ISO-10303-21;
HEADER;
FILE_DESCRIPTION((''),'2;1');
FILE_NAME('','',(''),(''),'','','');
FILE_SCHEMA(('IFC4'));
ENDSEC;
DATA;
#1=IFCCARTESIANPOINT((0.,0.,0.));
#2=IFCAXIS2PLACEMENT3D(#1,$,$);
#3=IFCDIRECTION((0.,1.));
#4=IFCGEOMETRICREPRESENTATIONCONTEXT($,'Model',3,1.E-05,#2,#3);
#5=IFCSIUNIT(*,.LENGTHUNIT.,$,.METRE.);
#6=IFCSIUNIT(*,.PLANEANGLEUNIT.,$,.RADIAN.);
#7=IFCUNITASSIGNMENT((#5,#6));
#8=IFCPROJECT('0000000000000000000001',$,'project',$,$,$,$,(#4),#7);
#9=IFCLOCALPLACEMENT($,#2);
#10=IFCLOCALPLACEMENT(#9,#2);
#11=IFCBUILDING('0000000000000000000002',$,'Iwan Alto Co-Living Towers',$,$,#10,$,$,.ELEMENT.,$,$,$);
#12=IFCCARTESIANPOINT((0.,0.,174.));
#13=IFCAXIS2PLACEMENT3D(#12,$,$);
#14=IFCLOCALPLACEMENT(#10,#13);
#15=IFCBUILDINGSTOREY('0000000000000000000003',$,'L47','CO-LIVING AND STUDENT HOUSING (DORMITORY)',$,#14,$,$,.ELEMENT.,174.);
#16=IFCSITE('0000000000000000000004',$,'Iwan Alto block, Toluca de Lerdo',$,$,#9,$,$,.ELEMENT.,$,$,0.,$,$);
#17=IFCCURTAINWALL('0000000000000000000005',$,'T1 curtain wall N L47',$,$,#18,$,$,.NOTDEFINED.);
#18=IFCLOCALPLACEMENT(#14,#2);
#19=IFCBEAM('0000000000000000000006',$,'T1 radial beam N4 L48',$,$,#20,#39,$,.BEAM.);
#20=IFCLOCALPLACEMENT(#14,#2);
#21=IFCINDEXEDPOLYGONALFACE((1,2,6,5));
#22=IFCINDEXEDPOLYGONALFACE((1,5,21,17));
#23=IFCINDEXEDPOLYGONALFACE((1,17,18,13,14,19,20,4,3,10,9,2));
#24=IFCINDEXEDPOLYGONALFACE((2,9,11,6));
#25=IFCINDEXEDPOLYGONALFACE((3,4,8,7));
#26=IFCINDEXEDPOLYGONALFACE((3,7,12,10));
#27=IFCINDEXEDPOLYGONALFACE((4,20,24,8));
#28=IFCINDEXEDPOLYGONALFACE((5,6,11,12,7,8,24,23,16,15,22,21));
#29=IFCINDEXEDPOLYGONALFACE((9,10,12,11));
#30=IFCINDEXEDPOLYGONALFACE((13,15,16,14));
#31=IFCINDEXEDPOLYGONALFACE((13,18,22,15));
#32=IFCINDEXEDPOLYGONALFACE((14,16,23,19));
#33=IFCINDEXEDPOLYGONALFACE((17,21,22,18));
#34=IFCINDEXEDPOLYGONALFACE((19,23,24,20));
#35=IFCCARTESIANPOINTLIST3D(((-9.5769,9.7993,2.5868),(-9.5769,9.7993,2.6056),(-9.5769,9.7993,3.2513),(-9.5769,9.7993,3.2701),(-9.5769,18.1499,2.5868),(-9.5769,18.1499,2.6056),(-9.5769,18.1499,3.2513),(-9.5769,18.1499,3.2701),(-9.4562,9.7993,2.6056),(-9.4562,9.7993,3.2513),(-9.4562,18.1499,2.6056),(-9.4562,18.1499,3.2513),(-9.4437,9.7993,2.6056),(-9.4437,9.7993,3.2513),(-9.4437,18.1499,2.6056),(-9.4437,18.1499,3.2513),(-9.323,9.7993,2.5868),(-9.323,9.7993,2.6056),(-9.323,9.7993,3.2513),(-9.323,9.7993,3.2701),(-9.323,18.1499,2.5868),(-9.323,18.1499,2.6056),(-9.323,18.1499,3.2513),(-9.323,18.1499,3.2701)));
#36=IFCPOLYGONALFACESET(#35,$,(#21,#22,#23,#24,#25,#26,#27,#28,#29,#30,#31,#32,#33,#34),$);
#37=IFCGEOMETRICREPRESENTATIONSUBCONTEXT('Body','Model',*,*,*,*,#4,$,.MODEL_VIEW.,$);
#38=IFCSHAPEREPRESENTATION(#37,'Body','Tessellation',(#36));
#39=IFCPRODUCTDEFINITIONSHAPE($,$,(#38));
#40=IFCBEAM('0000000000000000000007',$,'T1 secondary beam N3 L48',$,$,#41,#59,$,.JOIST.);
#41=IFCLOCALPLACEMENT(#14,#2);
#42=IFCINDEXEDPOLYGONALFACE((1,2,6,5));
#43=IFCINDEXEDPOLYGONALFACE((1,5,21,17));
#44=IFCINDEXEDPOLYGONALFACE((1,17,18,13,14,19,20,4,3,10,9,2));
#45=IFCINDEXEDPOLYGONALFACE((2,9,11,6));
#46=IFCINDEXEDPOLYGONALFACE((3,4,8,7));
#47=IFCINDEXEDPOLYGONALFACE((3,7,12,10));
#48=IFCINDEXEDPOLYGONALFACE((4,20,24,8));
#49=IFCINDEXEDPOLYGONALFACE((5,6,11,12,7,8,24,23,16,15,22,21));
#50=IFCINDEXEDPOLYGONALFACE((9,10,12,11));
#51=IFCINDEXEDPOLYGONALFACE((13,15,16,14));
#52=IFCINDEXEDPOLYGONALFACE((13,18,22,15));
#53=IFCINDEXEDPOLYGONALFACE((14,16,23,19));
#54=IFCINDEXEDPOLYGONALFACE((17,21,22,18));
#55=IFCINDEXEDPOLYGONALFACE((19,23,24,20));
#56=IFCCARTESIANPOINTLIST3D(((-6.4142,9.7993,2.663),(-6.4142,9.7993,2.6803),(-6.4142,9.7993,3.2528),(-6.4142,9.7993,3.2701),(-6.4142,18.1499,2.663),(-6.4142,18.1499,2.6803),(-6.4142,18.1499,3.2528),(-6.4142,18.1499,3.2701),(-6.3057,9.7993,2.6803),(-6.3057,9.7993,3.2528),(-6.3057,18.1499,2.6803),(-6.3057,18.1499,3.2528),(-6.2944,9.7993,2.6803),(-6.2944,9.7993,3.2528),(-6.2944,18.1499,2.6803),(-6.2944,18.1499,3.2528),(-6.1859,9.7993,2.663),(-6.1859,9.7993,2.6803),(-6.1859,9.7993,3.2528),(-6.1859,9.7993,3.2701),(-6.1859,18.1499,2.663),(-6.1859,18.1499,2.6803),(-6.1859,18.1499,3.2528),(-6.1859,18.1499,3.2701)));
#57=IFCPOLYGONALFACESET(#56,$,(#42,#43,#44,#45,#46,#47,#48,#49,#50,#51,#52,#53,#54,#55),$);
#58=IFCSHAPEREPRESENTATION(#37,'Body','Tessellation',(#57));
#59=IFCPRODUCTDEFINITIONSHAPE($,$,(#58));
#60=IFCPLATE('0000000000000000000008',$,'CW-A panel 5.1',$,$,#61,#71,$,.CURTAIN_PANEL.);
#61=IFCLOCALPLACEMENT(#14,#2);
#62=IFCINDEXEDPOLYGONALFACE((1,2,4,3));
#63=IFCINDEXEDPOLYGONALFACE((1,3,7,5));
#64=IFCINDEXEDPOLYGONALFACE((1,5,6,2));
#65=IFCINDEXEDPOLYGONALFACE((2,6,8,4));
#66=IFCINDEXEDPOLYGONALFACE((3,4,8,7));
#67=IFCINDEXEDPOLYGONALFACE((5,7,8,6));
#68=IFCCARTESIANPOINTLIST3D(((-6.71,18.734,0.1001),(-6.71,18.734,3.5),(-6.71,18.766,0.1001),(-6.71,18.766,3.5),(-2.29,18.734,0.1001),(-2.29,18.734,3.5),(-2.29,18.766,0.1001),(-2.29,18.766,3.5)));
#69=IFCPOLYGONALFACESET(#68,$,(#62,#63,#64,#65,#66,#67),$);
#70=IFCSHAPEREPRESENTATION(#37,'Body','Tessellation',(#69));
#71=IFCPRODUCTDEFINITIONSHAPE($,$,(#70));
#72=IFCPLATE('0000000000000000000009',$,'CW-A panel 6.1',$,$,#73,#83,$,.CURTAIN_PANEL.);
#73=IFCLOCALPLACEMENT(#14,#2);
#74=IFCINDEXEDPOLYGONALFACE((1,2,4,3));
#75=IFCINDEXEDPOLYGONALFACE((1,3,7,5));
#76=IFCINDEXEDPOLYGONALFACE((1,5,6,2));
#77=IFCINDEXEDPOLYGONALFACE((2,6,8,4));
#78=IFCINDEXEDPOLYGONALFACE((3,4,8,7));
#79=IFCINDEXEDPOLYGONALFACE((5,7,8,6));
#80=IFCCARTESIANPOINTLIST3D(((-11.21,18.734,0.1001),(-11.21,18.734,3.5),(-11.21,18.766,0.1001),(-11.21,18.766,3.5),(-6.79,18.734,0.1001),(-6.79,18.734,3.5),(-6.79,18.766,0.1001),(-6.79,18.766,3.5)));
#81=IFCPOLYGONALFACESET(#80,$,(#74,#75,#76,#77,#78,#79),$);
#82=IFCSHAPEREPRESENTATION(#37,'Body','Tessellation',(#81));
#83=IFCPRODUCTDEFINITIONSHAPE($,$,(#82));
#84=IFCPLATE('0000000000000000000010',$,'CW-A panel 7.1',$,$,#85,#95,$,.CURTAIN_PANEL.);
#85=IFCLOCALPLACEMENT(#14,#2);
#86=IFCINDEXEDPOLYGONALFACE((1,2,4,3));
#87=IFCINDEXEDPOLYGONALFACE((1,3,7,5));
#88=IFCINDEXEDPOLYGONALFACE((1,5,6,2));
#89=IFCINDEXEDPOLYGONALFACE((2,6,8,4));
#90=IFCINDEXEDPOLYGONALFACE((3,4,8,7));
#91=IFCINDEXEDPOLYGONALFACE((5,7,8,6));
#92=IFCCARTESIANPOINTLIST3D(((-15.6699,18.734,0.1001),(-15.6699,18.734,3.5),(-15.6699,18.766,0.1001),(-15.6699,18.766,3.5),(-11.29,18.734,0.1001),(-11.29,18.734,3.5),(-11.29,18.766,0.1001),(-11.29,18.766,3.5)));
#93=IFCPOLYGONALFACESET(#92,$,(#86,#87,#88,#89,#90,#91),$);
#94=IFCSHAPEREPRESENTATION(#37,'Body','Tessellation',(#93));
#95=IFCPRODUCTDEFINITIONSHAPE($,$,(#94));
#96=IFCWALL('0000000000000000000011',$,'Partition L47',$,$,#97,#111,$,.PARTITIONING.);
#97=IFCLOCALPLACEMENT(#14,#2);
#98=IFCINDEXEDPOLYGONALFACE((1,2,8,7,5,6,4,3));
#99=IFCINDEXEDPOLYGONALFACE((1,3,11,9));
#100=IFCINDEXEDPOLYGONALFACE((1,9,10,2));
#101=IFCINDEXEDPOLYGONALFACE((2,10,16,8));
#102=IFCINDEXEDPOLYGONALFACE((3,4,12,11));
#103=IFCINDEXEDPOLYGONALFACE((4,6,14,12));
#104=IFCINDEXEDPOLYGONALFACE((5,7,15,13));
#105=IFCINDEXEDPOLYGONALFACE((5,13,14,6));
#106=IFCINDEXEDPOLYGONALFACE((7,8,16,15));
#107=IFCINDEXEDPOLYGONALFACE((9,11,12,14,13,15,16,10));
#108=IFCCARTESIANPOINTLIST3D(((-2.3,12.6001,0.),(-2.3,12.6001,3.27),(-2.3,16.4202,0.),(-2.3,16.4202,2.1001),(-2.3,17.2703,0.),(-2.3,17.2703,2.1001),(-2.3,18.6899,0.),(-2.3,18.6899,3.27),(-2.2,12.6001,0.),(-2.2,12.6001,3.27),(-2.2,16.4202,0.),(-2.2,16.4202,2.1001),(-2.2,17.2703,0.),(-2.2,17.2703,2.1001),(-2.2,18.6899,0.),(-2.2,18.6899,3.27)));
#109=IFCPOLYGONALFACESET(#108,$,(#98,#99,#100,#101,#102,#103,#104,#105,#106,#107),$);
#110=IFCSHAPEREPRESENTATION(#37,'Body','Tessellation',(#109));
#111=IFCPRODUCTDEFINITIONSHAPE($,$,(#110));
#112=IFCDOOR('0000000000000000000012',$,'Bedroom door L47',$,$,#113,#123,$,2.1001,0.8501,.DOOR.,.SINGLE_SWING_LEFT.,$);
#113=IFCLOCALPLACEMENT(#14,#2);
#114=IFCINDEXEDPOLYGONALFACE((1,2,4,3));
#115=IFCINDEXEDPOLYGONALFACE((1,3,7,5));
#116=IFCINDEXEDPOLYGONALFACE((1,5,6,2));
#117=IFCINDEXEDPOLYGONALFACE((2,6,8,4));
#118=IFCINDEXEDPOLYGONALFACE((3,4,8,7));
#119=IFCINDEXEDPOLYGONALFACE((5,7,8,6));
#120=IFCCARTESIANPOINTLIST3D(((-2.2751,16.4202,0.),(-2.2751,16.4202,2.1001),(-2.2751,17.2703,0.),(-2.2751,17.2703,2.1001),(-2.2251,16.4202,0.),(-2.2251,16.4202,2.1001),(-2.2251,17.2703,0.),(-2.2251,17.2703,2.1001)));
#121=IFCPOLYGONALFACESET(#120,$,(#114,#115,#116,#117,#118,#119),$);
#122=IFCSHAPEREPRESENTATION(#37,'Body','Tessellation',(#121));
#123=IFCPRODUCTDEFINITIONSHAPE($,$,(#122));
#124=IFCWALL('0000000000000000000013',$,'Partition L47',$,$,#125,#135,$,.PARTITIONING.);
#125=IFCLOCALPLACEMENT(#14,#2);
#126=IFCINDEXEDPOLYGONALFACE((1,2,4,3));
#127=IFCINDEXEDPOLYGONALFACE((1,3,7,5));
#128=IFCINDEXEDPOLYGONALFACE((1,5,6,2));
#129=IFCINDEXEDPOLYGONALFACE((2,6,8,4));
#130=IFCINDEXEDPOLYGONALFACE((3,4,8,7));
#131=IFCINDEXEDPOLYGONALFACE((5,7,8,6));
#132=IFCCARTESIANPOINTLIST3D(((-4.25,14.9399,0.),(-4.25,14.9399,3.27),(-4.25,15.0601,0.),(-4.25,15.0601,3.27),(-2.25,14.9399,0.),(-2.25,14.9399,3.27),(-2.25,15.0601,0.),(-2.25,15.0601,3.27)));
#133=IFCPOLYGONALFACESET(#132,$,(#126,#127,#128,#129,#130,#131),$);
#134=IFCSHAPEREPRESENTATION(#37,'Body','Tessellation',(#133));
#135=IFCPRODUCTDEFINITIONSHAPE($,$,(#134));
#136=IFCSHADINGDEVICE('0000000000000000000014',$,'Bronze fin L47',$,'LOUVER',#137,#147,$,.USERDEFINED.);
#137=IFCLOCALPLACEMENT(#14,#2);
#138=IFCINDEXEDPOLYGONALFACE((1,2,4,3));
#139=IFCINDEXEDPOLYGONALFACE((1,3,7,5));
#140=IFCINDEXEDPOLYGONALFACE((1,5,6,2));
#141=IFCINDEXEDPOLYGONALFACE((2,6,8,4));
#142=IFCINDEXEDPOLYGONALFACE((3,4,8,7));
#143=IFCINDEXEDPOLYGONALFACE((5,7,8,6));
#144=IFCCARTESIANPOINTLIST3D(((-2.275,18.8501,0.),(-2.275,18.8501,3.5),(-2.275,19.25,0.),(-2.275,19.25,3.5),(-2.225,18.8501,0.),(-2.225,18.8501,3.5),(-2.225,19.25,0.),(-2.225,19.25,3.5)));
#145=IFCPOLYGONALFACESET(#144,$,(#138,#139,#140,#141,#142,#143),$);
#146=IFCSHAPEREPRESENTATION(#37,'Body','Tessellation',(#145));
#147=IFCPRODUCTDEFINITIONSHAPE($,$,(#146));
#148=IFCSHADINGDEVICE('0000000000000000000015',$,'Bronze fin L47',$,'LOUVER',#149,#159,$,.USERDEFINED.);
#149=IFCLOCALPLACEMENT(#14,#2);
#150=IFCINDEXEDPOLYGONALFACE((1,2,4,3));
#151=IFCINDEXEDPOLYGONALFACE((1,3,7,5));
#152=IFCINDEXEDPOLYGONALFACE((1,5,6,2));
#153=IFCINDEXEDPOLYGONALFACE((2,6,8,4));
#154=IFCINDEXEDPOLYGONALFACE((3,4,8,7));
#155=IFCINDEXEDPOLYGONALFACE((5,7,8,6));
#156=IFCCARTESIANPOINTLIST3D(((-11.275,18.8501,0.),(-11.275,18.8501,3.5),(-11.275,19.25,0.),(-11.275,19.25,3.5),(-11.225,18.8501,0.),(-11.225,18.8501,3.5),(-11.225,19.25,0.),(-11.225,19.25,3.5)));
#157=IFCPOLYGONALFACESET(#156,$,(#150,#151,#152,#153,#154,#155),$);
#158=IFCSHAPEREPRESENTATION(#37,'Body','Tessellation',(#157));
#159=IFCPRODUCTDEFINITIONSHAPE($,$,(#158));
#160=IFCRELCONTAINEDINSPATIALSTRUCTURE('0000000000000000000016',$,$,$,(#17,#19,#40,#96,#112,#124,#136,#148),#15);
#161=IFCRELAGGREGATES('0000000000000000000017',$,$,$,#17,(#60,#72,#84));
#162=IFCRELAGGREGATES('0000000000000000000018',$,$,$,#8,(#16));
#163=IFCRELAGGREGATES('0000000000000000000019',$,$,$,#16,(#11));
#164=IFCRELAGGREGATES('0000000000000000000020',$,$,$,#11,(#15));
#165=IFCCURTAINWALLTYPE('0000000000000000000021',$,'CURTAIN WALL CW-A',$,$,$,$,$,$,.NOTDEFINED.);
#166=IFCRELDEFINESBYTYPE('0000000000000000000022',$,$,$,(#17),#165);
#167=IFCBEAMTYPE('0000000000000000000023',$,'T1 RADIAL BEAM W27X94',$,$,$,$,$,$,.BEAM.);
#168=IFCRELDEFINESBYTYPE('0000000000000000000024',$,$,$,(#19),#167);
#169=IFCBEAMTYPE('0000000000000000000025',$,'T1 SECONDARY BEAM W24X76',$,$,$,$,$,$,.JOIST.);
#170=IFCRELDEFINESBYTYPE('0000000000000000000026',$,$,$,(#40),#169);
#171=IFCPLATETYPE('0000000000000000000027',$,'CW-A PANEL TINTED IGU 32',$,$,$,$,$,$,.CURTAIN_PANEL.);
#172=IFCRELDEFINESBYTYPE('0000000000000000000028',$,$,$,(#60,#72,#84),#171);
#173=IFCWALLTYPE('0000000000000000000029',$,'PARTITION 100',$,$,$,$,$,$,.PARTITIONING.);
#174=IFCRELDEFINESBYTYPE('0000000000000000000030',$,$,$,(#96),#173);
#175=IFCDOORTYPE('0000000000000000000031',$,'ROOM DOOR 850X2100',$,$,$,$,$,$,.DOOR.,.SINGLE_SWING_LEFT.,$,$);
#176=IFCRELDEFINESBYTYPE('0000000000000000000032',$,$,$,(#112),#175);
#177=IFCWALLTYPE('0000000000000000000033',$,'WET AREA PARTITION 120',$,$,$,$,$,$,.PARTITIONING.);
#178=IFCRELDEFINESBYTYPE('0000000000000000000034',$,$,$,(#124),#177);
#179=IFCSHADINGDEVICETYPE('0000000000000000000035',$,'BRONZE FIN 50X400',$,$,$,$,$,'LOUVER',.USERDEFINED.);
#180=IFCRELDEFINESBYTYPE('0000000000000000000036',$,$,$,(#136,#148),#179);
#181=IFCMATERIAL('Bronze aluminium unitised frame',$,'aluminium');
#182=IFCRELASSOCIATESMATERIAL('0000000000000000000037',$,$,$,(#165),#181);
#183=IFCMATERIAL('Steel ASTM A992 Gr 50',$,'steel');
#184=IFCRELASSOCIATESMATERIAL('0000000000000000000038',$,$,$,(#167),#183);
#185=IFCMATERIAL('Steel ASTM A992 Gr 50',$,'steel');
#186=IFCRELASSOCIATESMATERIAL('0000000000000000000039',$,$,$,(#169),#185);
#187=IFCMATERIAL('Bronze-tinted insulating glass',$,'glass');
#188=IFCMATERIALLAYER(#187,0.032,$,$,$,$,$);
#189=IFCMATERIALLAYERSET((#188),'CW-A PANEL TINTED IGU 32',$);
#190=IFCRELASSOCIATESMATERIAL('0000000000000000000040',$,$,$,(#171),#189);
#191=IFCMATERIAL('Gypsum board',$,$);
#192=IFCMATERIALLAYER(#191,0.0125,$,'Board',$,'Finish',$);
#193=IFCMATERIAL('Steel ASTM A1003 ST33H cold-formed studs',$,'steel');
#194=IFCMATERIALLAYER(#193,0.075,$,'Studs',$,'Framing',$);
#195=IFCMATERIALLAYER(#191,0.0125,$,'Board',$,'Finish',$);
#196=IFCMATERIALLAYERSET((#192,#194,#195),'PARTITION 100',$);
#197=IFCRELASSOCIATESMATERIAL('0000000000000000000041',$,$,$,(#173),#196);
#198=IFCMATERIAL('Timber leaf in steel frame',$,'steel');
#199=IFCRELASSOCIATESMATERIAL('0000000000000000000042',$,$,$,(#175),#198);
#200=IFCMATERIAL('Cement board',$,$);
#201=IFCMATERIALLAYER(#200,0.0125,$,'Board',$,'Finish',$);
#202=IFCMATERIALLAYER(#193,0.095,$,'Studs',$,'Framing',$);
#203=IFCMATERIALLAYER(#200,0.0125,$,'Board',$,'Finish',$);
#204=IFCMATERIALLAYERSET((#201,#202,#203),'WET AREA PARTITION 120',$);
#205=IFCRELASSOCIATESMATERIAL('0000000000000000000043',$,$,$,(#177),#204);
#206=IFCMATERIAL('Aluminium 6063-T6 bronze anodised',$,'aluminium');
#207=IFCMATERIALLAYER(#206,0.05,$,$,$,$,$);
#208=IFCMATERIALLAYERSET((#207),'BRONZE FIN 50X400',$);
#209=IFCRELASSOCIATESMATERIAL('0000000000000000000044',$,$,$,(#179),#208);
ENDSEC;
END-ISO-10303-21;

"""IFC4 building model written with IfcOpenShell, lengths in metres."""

from ifc_helpers import new_model, si_unit, direction, frame, frame_2d, origin, origin_2d, place, context, subcontext, project, spatial, rectangle, i_section, extrude, material, layer, layer_set, material_profile, profile_set, type_object, element, fill, aggregate, save


model = new_model("IFC4")

# Units and contexts
model_context = context("Model", 3, precision=1e-05, world=origin(), true_north=direction((0.0, 1.0)))
body_context = subcontext(model_context, "Body", "Model", "MODEL_VIEW")
ifc_project = project(units=[si_unit("LENGTHUNIT", "METRE"), si_unit("PLANEANGLEUNIT", "RADIAN")], contexts=[model_context])

# Site, building, storey
site_placement = place(None, origin())
site = spatial("IfcSite", under=ifc_project, at=site_placement, Name="Iwan Alto block, Toluca de Lerdo", CompositionType="ELEMENT", RefElevation=0.0)
building_placement = place(site_placement, origin())
building = spatial("IfcBuilding", under=site, at=building_placement, Name="Iwan Alto Co-Living Towers", CompositionType="ELEMENT")
storey_placement = place(building_placement, frame((0.0, 0.0, 174.0)))
storey = spatial("IfcBuildingStorey", under=building, at=storey_placement, Name="L47", Description="CO-LIVING AND STUDENT HOUSING (DORMITORY)", CompositionType="ELEMENT", Elevation=174.0)

# Curtain wall
ifc_material_1 = material(Name="Bronze aluminium unitised frame", Category="aluminium")
curtain_wall_type = type_object("IfcCurtainWallType", Name="CURTAIN WALL CW-A", PredefinedType="NOTDEFINED", material=ifc_material_1)
curtain_wall_placement = place(storey_placement, origin())
curtain_wall = element("IfcCurtainWall", 1, at=curtain_wall_placement, inside=storey, type_object=curtain_wall_type, Name="T1 curtain wall N L47", PredefinedType="NOTDEFINED")

# Beams
ifc_material_2 = material(Name="Steel ASTM A992 Gr 50", Category="steel")
ifc_material_profile_1 = material_profile(ifc_material_2, i_section(OverallWidth=0.2539, OverallDepth=0.6833, WebThickness=0.0125, FlangeThickness=0.0188, at=origin_2d()), Name="W27X94")
ifc_profile_set_1 = profile_set([ifc_material_profile_1], Name="Steel ASTM A992 Gr 50")
beam_type_1 = type_object("IfcBeamType", Name="T1 RADIAL BEAM W27X94", PredefinedType="BEAM", material=ifc_profile_set_1)
for number, where, z_axis, x_axis, name in (
    (2, (-9.45, 18.1499, 2.9285), (0.0, -1.0, 0.0), (1.0, 0.0, 0.0), "T1 radial beam N4 L48"),
):
    element("IfcBeam", number, at=place(storey_placement, frame(where, z_axis=z_axis, x_axis=x_axis)), inside=storey, type_object=beam_type_1, Name=name, PredefinedType="BEAM", context=body_context, shape_type="SweptSolid", body=[
        extrude(i_section(OverallWidth=0.2539, OverallDepth=0.6833, WebThickness=0.0125, FlangeThickness=0.0188, at=origin_2d()), origin(), (0.0, 0.0, 1.0), 8.3506),
    ])
ifc_material_3 = material(Name="Steel ASTM A992 Gr 50", Category="steel")
ifc_material_profile_2 = material_profile(ifc_material_3, i_section(OverallWidth=0.2283, OverallDepth=0.6072, WebThickness=0.0112, FlangeThickness=0.0173, at=origin_2d()), Name="W24X76")
ifc_profile_set_2 = profile_set([ifc_material_profile_2], Name="Steel ASTM A992 Gr 50")
beam_type_2 = type_object("IfcBeamType", Name="T1 SECONDARY BEAM W24X76", PredefinedType="JOIST", material=ifc_profile_set_2)
beam_1_placement = place(storey_placement, frame((-6.3, 18.1499, 2.9666), z_axis=(0.0, -1.0, 0.0), x_axis=(1.0, 0.0, 0.0)))
element("IfcBeam", 3, at=beam_1_placement, inside=storey, type_object=beam_type_2, Name="T1 secondary beam N3 L48", PredefinedType="JOIST", context=body_context, shape_type="SweptSolid", body=[
    extrude(i_section(OverallWidth=0.2283, OverallDepth=0.6072, WebThickness=0.0112, FlangeThickness=0.0173, at=origin_2d()), origin(), (0.0, 0.0, 1.0), 8.3506),
])

# Plates
ifc_material_4 = material(Name="Bronze-tinted insulating glass", Category="glass")
ifc_layer_1 = layer(ifc_material_4, 0.032)
ifc_layer_set_1 = layer_set([ifc_layer_1], Name="CW-A PANEL TINTED IGU 32")
plate_type = type_object("IfcPlateType", Name="CW-A PANEL TINTED IGU 32", PredefinedType="CURTAIN_PANEL", material=ifc_layer_set_1)
plate_1_placement = place(storey_placement, frame((-4.5, 18.75, 0.1001), z_axis=(0.0, 0.0, 1.0), x_axis=(-1.0, 0.0, 0.0)))
plate_1 = element("IfcPlate", 4, at=plate_1_placement, type_object=plate_type, Name="CW-A panel 5.1", PredefinedType="CURTAIN_PANEL", context=body_context, shape_type="SweptSolid", body=[
    extrude(rectangle(XDim=4.4199, YDim=0.032, at=origin_2d()), origin(), (0.0, 0.0, 1.0), 3.3999),
])
plate_2_placement = place(storey_placement, frame((-9.0, 18.75, 0.1001), z_axis=(0.0, 0.0, 1.0), x_axis=(-1.0, 0.0, 0.0)))
plate_2 = element("IfcPlate", 5, at=plate_2_placement, type_object=plate_type, Name="CW-A panel 6.1", PredefinedType="CURTAIN_PANEL", context=body_context, shape_type="SweptSolid", body=[
    extrude(rectangle(XDim=4.4199, YDim=0.032, at=origin_2d()), origin(), (0.0, 0.0, 1.0), 3.3999),
])
plate_3_placement = place(storey_placement, frame((-13.48, 18.75, 0.1001), z_axis=(0.0, 0.0, 1.0), x_axis=(-1.0, 0.0, 0.0)))
plate_3 = element("IfcPlate", 6, at=plate_3_placement, type_object=plate_type, Name="CW-A panel 7.1", PredefinedType="CURTAIN_PANEL", context=body_context, shape_type="SweptSolid", body=[
    extrude(rectangle(XDim=4.3799, YDim=0.032, at=origin_2d()), origin(), (0.0, 0.0, 1.0), 3.3999),
])
aggregate(curtain_wall, [plate_1, plate_2, plate_3])

# Wall, opening, door
ifc_material_5 = material(Name="Gypsum board")
ifc_layer_2 = layer(ifc_material_5, 0.0125, Name="Board", Category="Finish")
ifc_material_6 = material(Name="Steel ASTM A1003 ST33H cold-formed studs", Category="steel")
ifc_layer_3 = layer(ifc_material_6, 0.075, Name="Studs", Category="Framing")
ifc_layer_4 = layer(ifc_material_5, 0.0125, Name="Board", Category="Finish")
ifc_layer_set_2 = layer_set([ifc_layer_2, ifc_layer_3, ifc_layer_4], Name="PARTITION 100")
wall_type_1 = type_object("IfcWallType", Name="PARTITION 100", PredefinedType="PARTITIONING", material=ifc_layer_set_2)
wall_1_placement = place(storey_placement, frame((-2.25, 12.6001, 0.0), z_axis=(0.0, 0.0, 1.0), x_axis=(0.0, 1.0, 0.0)))
wall_1 = element("IfcWall", 7, at=wall_1_placement, inside=storey, type_object=wall_type_1, Name="Partition L47", PredefinedType="PARTITIONING", context=body_context, shape_type="SweptSolid", body=[
    extrude(rectangle(XDim=6.0898, YDim=0.1001, at=frame_2d((3.0449, 0.0))), origin(), (0.0, 0.0, 1.0), 3.27),
])
opening_placement = place(wall_1_placement, frame((3.8201, 0.0, 0.0)))
opening = element("IfcOpeningElement", 8, at=opening_placement, cuts=wall_1, PredefinedType="OPENING", context=body_context, shape_type="SweptSolid", body=[
    extrude(rectangle(XDim=0.8501, YDim=2.1001, at=frame_2d((0.425, 1.05))), frame((0.0, 0.0601, 0.0), z_axis=(0.0, -1.0, 0.0), x_axis=(1.0, 0.0, 0.0)), (0.0, 0.0, 1.0), 0.1201),
])
ifc_material_7 = material(Name="Timber leaf in steel frame", Category="steel")
door_type = type_object("IfcDoorType", Name="ROOM DOOR 850X2100", OperationType="SINGLE_SWING_LEFT", PredefinedType="DOOR", material=ifc_material_7)
door_placement = place(opening_placement, frame((0.8501, 0.0, 0.0), z_axis=(0.0, 0.0, 1.0), x_axis=(-1.0, 0.0, 0.0)))
door = element("IfcDoor", 9, at=door_placement, inside=storey, type_object=door_type, Name="Bedroom door L47", OperationType="SINGLE_SWING_LEFT", OverallHeight=2.1001, OverallWidth=0.8501, PredefinedType="DOOR", context=body_context, shape_type="SweptSolid", body=[
    extrude(rectangle(XDim=0.8501, YDim=2.1001, at=frame_2d((0.425, 1.05))), frame((0.0, 0.0249, 0.0), z_axis=(0.0, -1.0, 0.0), x_axis=(1.0, 0.0, 0.0)), (0.0, 0.0, 1.0), 0.05),
])
fill(opening, door)

# Wall
ifc_material_8 = material(Name="Cement board")
ifc_layer_5 = layer(ifc_material_8, 0.0125, Name="Board", Category="Finish")
ifc_layer_6 = layer(ifc_material_6, 0.095, Name="Studs", Category="Framing")
ifc_layer_7 = layer(ifc_material_8, 0.0125, Name="Board", Category="Finish")
ifc_layer_set_3 = layer_set([ifc_layer_5, ifc_layer_6, ifc_layer_7], Name="WET AREA PARTITION 120")
wall_type_2 = type_object("IfcWallType", Name="WET AREA PARTITION 120", PredefinedType="PARTITIONING", material=ifc_layer_set_3)
wall_2_placement = place(storey_placement, frame((-4.25, 15.0, 0.0), z_axis=(0.0, 0.0, 1.0), x_axis=(1.0, 0.0, 0.0)))
element("IfcWall", 10, at=wall_2_placement, inside=storey, type_object=wall_type_2, Name="Partition L47", PredefinedType="PARTITIONING", context=body_context, shape_type="SweptSolid", body=[
    extrude(rectangle(XDim=2.0, YDim=0.1201, at=frame_2d((1.0, 0.0))), origin(), (0.0, 0.0, 1.0), 3.27),
])

# Shading devices
ifc_material_9 = material(Name="Aluminium 6063-T6 bronze anodised", Category="aluminium")
ifc_layer_8 = layer(ifc_material_9, 0.05)
ifc_layer_set_4 = layer_set([ifc_layer_8], Name="BRONZE FIN 50X400")
shading_device_type = type_object("IfcShadingDeviceType", Name="BRONZE FIN 50X400", ElementType="LOUVER", PredefinedType="USERDEFINED", material=ifc_layer_set_4)
for number, where, z_axis, x_axis, name in (
    (11, (-2.25, 19.05, 0.0), (0.0, 0.0, 1.0), (-1.0, 0.0, 0.0), "Bronze fin L47"),
    (12, (-11.25, 19.05, 0.0), (0.0, 0.0, 1.0), (-1.0, 0.0, 0.0), "Bronze fin L47"),
):
    element("IfcShadingDevice", number, at=place(storey_placement, frame(where, z_axis=z_axis, x_axis=x_axis)), inside=storey, type_object=shading_device_type, Name=name, ObjectType="LOUVER", PredefinedType="USERDEFINED", context=body_context, shape_type="SweptSolid", body=[
        extrude(rectangle(XDim=0.05, YDim=0.3999, at=origin_2d()), origin(), (0.0, 0.0, 1.0), 3.5),
    ])

save(model, "model.ifc")
